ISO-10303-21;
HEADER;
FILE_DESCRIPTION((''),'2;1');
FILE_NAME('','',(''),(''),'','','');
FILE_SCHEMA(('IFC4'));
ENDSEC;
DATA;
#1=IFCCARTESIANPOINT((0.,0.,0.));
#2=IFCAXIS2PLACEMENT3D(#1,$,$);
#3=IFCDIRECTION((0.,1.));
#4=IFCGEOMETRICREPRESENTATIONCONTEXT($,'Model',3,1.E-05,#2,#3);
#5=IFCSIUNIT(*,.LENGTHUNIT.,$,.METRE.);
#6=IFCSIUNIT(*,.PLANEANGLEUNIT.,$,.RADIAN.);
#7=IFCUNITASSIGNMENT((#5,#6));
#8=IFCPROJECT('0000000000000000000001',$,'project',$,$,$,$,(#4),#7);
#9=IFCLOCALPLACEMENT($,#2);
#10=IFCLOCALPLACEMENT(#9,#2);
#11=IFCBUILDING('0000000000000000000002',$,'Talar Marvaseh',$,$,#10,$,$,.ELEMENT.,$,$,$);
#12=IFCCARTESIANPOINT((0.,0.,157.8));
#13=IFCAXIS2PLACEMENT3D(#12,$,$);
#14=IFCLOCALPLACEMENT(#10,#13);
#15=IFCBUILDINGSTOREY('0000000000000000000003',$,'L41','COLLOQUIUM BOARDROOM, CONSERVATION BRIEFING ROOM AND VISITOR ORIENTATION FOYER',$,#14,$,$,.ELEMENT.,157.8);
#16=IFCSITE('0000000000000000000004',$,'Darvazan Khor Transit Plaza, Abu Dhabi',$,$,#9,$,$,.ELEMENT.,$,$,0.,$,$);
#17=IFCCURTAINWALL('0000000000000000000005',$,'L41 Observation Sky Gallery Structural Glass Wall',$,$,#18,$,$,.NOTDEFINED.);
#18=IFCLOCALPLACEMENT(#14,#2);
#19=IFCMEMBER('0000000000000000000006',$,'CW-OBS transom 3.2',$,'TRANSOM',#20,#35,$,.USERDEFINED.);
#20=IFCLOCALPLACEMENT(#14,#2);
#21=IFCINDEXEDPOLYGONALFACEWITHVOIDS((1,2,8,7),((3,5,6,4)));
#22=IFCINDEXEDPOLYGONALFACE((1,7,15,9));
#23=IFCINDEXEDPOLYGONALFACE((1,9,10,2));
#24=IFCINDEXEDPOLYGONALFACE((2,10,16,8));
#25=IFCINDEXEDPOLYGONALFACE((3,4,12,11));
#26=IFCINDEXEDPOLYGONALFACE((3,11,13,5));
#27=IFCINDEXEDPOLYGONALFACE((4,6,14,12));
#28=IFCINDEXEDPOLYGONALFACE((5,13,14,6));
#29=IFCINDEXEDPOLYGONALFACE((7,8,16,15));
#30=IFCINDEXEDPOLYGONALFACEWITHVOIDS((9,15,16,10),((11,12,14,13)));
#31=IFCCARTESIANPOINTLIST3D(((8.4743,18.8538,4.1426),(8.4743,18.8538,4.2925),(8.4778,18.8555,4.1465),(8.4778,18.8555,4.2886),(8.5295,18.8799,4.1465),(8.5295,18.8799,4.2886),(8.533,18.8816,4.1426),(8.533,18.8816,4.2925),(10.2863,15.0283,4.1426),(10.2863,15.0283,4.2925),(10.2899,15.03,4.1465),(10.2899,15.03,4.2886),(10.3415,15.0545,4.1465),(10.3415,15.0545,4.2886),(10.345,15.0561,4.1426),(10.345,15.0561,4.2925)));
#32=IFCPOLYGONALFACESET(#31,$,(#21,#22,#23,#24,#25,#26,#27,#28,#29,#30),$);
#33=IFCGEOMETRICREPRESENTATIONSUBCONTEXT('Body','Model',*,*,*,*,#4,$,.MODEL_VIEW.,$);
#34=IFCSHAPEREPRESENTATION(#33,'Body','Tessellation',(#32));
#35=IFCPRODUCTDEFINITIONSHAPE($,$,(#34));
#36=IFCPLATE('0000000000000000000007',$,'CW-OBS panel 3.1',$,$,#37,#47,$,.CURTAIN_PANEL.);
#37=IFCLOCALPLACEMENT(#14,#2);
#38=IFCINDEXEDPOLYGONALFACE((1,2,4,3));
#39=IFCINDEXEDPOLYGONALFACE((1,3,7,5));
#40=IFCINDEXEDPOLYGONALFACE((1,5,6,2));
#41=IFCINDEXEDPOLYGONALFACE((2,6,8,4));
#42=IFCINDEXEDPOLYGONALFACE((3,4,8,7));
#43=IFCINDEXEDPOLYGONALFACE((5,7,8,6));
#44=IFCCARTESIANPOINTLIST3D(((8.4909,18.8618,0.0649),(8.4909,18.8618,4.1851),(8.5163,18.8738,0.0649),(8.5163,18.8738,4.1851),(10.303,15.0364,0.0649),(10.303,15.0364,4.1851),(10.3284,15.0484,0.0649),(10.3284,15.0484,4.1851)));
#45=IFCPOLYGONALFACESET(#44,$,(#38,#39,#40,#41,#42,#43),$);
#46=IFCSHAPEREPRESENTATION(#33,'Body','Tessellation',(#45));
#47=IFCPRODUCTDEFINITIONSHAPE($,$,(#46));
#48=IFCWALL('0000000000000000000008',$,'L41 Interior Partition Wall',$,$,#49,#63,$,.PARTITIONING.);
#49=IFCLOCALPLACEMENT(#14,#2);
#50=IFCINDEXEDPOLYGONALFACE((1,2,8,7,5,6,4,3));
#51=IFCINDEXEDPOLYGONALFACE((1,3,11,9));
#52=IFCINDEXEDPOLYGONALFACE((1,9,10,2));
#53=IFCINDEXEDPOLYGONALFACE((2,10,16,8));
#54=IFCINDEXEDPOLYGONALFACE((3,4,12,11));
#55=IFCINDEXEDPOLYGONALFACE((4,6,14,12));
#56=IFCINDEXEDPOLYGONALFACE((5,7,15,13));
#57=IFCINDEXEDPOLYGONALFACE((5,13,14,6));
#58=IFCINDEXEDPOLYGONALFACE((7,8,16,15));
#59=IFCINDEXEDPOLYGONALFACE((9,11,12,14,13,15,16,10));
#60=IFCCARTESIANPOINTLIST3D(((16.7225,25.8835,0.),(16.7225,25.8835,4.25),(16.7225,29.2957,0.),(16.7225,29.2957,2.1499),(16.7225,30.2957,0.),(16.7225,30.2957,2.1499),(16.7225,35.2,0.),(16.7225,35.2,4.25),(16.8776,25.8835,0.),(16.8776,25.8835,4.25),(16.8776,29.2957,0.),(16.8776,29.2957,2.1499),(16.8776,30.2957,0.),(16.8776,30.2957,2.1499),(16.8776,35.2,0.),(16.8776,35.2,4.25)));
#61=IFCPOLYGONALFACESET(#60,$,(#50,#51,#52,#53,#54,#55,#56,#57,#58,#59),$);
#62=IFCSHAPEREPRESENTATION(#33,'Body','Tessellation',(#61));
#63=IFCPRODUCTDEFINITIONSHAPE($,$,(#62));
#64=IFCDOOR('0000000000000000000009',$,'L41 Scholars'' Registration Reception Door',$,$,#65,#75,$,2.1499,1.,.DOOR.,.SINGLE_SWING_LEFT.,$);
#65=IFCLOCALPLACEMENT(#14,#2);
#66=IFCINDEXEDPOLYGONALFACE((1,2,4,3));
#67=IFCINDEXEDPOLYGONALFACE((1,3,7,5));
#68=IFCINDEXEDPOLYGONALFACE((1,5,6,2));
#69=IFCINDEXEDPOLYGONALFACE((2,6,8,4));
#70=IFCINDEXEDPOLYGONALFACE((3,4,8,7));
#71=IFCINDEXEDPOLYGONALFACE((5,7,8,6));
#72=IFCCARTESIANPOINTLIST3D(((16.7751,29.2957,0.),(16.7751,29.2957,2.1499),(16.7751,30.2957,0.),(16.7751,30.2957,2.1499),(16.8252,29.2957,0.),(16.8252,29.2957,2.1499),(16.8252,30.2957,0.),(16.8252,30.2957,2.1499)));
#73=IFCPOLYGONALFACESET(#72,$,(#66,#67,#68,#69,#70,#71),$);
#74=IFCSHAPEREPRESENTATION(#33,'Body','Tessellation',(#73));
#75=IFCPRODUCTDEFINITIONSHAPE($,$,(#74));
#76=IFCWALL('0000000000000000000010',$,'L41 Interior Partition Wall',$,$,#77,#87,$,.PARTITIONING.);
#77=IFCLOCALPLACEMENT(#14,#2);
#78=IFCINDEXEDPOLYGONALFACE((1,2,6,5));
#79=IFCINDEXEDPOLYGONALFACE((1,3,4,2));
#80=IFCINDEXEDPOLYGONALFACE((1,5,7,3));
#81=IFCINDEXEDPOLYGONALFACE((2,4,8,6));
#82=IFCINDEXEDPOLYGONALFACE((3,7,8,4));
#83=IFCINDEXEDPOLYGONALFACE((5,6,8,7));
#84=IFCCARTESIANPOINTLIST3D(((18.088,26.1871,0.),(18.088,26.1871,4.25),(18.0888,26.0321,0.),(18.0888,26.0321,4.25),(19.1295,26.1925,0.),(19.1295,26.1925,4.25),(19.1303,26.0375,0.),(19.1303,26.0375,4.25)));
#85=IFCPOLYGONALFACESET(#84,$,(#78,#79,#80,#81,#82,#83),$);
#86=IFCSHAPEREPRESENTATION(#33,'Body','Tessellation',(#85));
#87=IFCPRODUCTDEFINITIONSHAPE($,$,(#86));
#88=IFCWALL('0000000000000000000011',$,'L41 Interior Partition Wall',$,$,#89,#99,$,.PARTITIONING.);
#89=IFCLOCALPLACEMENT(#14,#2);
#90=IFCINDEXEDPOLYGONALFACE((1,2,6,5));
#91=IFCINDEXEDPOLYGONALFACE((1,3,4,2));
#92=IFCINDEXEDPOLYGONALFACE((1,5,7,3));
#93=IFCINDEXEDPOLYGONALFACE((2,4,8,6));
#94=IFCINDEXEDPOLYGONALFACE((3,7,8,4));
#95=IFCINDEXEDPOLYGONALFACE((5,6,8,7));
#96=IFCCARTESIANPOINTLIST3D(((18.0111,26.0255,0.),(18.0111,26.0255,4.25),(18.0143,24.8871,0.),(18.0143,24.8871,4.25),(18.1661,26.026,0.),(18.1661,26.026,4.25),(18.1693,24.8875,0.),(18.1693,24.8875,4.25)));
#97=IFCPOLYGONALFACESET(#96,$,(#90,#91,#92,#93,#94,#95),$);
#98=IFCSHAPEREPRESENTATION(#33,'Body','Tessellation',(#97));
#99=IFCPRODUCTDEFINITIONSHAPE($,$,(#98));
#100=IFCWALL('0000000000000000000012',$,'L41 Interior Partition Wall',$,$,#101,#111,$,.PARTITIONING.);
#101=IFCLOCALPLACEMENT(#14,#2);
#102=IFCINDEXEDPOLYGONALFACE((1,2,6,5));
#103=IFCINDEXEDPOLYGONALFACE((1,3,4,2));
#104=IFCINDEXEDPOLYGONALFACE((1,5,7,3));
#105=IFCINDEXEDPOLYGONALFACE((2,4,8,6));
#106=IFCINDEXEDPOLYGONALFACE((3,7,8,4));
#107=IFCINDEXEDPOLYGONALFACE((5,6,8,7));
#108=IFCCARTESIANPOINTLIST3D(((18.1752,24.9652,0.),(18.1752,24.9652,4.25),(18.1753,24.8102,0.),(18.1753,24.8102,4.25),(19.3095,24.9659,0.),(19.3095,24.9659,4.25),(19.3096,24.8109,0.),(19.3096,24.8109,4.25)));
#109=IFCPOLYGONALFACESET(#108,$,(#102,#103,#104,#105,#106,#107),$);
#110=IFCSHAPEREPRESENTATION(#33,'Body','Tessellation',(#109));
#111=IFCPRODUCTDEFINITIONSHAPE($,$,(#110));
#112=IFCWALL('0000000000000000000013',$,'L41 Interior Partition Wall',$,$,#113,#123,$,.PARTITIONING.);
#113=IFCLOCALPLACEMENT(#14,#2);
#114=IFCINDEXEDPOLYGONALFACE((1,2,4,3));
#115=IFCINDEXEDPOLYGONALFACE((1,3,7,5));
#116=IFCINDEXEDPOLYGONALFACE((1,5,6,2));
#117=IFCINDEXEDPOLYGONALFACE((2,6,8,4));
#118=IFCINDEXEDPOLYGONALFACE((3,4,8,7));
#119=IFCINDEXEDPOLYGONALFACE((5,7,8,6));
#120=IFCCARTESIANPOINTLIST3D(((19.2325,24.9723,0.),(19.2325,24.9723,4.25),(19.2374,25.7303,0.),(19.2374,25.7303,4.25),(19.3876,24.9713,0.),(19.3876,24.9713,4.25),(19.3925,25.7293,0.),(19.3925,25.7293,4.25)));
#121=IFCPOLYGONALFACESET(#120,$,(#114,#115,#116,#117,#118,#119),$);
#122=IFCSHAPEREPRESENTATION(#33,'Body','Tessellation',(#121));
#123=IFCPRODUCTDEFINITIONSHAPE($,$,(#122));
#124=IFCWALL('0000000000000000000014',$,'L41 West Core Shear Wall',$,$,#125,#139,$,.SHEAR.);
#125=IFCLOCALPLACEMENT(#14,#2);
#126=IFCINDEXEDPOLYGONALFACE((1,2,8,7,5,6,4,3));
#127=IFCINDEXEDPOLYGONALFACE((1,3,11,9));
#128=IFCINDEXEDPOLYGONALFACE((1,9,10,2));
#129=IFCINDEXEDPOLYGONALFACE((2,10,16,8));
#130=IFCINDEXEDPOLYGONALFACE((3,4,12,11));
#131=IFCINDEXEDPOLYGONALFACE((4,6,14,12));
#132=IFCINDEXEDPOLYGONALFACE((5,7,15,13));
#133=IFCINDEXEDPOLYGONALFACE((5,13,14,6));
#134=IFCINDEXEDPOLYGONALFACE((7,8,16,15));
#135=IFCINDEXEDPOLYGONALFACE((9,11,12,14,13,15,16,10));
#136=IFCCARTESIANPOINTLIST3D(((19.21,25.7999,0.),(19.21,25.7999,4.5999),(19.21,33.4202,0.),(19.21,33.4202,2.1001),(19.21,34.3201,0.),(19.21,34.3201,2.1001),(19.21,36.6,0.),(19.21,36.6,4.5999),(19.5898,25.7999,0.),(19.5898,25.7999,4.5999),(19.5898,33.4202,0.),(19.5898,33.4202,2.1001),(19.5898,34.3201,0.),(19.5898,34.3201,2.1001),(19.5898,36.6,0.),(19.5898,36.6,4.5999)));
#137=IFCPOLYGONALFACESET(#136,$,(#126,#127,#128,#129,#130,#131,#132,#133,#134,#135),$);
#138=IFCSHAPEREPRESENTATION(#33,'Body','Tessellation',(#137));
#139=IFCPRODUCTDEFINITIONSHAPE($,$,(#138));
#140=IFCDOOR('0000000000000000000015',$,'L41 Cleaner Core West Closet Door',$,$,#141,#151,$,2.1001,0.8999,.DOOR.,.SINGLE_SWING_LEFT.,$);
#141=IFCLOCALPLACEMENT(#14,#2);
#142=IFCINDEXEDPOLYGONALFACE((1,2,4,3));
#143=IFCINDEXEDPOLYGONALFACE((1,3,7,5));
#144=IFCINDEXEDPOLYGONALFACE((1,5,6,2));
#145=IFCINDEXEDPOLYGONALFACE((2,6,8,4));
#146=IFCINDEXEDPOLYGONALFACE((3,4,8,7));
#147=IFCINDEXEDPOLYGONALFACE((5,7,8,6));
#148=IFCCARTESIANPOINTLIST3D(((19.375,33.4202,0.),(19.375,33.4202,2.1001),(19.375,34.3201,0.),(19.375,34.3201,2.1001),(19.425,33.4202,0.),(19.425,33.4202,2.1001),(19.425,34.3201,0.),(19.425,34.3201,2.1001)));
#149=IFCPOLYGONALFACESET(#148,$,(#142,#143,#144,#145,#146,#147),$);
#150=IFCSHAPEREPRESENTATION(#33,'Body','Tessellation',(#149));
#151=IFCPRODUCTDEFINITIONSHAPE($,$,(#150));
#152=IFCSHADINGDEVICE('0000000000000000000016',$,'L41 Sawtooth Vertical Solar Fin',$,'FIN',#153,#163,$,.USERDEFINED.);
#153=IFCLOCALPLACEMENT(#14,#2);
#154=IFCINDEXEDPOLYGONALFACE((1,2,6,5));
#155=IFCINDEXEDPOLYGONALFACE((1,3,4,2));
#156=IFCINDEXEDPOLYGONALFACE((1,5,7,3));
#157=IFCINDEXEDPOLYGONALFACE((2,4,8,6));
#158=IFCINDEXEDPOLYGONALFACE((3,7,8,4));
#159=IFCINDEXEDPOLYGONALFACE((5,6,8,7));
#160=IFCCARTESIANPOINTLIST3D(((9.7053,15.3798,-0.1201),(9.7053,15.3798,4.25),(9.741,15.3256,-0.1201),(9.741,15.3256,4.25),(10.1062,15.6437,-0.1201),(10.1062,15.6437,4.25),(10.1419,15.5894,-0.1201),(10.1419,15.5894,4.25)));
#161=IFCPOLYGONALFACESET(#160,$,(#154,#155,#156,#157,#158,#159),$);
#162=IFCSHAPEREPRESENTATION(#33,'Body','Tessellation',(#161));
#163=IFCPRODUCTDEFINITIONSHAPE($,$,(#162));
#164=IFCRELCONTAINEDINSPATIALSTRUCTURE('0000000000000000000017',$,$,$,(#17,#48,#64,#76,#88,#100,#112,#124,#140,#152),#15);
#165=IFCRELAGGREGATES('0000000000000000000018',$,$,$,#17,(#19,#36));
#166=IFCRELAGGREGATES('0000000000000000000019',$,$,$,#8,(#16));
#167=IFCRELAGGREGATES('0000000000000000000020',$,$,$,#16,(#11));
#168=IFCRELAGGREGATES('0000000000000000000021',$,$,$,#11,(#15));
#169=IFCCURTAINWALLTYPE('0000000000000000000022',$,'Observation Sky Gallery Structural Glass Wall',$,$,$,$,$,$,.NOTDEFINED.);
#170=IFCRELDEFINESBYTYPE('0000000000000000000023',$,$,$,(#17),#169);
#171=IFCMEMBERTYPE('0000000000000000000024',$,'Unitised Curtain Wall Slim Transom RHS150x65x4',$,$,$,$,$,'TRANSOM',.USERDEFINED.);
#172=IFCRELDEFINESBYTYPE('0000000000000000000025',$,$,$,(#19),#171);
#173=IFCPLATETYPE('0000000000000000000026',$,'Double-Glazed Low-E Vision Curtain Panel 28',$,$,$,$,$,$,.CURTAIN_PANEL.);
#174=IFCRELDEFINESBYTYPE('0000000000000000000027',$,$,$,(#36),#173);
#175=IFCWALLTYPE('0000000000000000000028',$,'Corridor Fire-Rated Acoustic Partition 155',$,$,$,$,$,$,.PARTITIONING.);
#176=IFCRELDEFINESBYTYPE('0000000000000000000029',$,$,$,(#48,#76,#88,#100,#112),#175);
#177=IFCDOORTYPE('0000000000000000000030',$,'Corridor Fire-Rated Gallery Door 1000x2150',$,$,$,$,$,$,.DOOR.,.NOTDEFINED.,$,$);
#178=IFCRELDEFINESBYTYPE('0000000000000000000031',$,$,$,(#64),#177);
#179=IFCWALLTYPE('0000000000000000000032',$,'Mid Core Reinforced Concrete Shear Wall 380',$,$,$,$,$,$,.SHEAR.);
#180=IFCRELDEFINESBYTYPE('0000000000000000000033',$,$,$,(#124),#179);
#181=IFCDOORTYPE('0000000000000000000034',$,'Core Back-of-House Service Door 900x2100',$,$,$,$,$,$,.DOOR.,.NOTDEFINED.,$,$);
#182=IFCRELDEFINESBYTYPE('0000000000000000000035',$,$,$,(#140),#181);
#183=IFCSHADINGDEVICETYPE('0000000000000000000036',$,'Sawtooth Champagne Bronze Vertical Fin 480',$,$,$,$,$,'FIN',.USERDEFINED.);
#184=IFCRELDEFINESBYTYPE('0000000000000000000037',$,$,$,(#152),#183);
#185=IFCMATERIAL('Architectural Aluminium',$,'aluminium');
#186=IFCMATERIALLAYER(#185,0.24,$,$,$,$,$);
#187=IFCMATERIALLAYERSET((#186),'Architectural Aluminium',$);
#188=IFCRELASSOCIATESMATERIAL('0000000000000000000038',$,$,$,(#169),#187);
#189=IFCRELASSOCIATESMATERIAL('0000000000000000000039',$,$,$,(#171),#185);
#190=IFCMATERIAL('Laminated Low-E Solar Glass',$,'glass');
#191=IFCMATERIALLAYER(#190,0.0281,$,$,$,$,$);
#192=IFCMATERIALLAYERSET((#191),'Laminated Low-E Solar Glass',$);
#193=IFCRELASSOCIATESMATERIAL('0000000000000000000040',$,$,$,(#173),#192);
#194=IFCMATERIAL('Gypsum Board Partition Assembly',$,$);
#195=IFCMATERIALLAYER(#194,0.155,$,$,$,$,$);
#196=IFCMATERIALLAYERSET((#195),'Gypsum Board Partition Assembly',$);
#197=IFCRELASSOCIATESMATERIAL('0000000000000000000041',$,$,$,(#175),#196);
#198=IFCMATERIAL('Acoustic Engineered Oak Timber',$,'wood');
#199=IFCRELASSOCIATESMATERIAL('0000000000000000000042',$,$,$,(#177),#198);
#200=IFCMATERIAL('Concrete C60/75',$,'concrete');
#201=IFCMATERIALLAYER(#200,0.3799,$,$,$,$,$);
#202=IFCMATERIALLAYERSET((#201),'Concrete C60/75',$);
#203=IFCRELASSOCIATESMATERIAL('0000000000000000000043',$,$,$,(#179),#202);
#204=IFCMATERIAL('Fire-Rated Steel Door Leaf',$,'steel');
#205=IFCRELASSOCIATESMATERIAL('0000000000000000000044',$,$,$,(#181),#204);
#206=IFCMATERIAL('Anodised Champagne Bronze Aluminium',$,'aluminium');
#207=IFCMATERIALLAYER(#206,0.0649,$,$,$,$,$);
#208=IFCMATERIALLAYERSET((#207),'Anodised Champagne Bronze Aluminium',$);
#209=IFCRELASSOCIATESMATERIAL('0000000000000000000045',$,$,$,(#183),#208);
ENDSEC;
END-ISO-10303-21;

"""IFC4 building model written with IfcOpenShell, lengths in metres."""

from ifc_helpers import new_model, si_unit, direction, frame, frame_2d, origin, origin_2d, place, context, subcontext, project, spatial, rectangle, hollow_rectangle, extrude, source, transform, mapped, material, layer, layer_set, material_profile, profile_set, type_object, type_shapes, element, fill, aggregate, save


model = new_model("IFC4")

# Units and contexts
model_context = context("Model", 3, precision=1e-05, world=origin(), true_north=direction((0.0, 1.0)))
body_context = subcontext(model_context, "Body", "Model", "MODEL_VIEW")
ifc_project = project(units=[si_unit("LENGTHUNIT", "METRE"), si_unit("PLANEANGLEUNIT", "RADIAN")], contexts=[model_context])

# Site, building, storey
site_placement = place(None, origin())
site = spatial("IfcSite", under=ifc_project, at=site_placement, Name="Darvazan Khor Transit Plaza, Abu Dhabi", CompositionType="ELEMENT", RefElevation=0.0)
building_placement = place(site_placement, origin())
building = spatial("IfcBuilding", under=site, at=building_placement, Name="Talar Marvaseh", CompositionType="ELEMENT")
storey_placement = place(building_placement, frame((0.0, 0.0, 157.8)))
storey = spatial("IfcBuildingStorey", under=building, at=storey_placement, Name="L41", Description="COLLOQUIUM BOARDROOM, CONSERVATION BRIEFING ROOM AND VISITOR ORIENTATION FOYER", CompositionType="ELEMENT", Elevation=157.8)

# Shared definitions
ifc_material_1 = material(Name="Concrete C60/75", Category="concrete")

# Curtain wall, member, plate
ifc_material_2 = material(Name="Architectural Aluminium", Category="aluminium")
ifc_layer_1 = layer(ifc_material_2, 0.24)
ifc_layer_set_1 = layer_set([ifc_layer_1], Name="Architectural Aluminium")
curtain_wall_type = type_object("IfcCurtainWallType", Name="Observation Sky Gallery Structural Glass Wall", PredefinedType="NOTDEFINED", material=ifc_layer_set_1)
curtain_wall_placement = place(storey_placement, origin())
curtain_wall = element("IfcCurtainWall", 1, at=curtain_wall_placement, inside=storey, type_object=curtain_wall_type, Name="L41 Observation Sky Gallery Structural Glass Wall", PredefinedType="NOTDEFINED")
ifc_material_profile_1 = material_profile(ifc_material_2, hollow_rectangle(XDim=0.0649, YDim=0.1499, WallThickness=0.0039, at=origin_2d()), Name="RHS150x65x4")
ifc_profile_set_1 = profile_set([ifc_material_profile_1], Name="Architectural Aluminium")
member_type_1 = type_object("IfcMemberType", Name="Unitised Curtain Wall Slim Transom RHS150x65x4", ElementType="TRANSOM", PredefinedType="USERDEFINED", material=ifc_profile_set_1)
shared_shape_1 = source(origin(), body_context, "Body", "SweptSolid", [
    extrude(hollow_rectangle(XDim=0.0649, YDim=0.1499, WallThickness=0.0039, at=origin_2d()), origin(), (0.0, 0.0, 1.0), 4.2329),
])
type_shapes(member_type_1, [shared_shape_1])
member_1_placement = place(storey_placement, frame((10.3157, 15.0422, 4.2175), z_axis=(-0.428079, 0.903741, 0.0), x_axis=(-0.903741, -0.428079, 0.0)))
member_1 = element("IfcMember", 2, at=member_1_placement, type_object=member_type_1, Name="CW-OBS transom 3.2", ObjectType="TRANSOM", PredefinedType="USERDEFINED", context=body_context, shape_type="MappedRepresentation", body=[
    mapped(shared_shape_1, transform((0.0, 0.0, 0.0), x_axis=(1.0, 0.0, 0.0), y_axis=(0.0, 1.0, 0.0), z_axis=(0.0, 0.0, 1.0), scale=1.0)),
])
ifc_material_3 = material(Name="Laminated Low-E Solar Glass", Category="glass")
ifc_layer_2 = layer(ifc_material_3, 0.0281)
ifc_layer_set_2 = layer_set([ifc_layer_2], Name="Laminated Low-E Solar Glass")
plate_type = type_object("IfcPlateType", Name="Double-Glazed Low-E Vision Curtain Panel 28", PredefinedType="CURTAIN_PANEL", material=ifc_layer_set_2)
shared_shape_2 = source(origin(), body_context, "Body", "SweptSolid", [
    extrude(rectangle(XDim=4.2329, YDim=0.0281, at=origin_2d()), origin(), (0.0, 0.0, 1.0), 4.1201),
])
type_shapes(plate_type, [shared_shape_2])
plate_placement = place(storey_placement, frame((9.4097, 16.9551, 0.0649), z_axis=(0.0, 0.0, 1.0), x_axis=(-0.428089, 0.903737, 0.0)))
plate = element("IfcPlate", 3, at=plate_placement, type_object=plate_type, Name="CW-OBS panel 3.1", PredefinedType="CURTAIN_PANEL", context=body_context, shape_type="MappedRepresentation", body=[
    mapped(shared_shape_2, transform((0.0, 0.0, 0.0), x_axis=(1.0, 0.0, 0.0), y_axis=(0.0, 1.0, 0.0), z_axis=(0.0, 0.0, 1.0), scale=1.0)),
])
aggregate(curtain_wall, [member_1, plate])

# Wall, opening, door
ifc_material_4 = material(Name="Gypsum Board Partition Assembly")
ifc_layer_3 = layer(ifc_material_4, 0.155)
ifc_layer_set_3 = layer_set([ifc_layer_3], Name="Gypsum Board Partition Assembly")
wall_type_1 = type_object("IfcWallType", Name="Corridor Fire-Rated Acoustic Partition 155", PredefinedType="PARTITIONING", material=ifc_layer_set_3)
wall_1_placement = place(storey_placement, frame((16.8, 25.8835, 0.0), z_axis=(0.0, 0.0, 1.0), x_axis=(0.0, 1.0, 0.0)))
wall_1 = element("IfcWall", 4, at=wall_1_placement, inside=storey, type_object=wall_type_1, Name="L41 Interior Partition Wall", PredefinedType="PARTITIONING", context=body_context, shape_type="SweptSolid", body=[
    extrude(rectangle(XDim=9.3164, YDim=0.155, at=frame_2d((4.6582, 0.0))), origin(), (0.0, 0.0, 1.0), 4.25),
])
opening_1_placement = place(wall_1_placement, frame((3.4121, 0.0, 0.0)))
opening_1 = element("IfcOpeningElement", 5, at=opening_1_placement, cuts=wall_1, PredefinedType="OPENING", context=body_context, shape_type="SweptSolid", body=[
    extrude(rectangle(XDim=1.0, YDim=2.1499, at=frame_2d((0.5, 1.075))), frame((0.0, 0.0874, 0.0), z_axis=(0.0, -1.0, 0.0), x_axis=(1.0, 0.0, 0.0)), (0.0, 0.0, 1.0), 0.175),
])
ifc_material_5 = material(Name="Acoustic Engineered Oak Timber", Category="wood")
door_type_1 = type_object("IfcDoorType", Name="Corridor Fire-Rated Gallery Door 1000x2150", OperationType="NOTDEFINED", PredefinedType="DOOR", material=ifc_material_5)
shared_shape_3 = source(origin(), body_context, "Body", "SweptSolid", [
    extrude(rectangle(XDim=1.0, YDim=2.1499, at=frame_2d((0.5, 1.075))), frame((0.0, 0.0249, 0.0), z_axis=(0.0, -1.0, 0.0), x_axis=(1.0, 0.0, 0.0)), (0.0, 0.0, 1.0), 0.05),
])
type_shapes(door_type_1, [shared_shape_3])
door_1_placement = place(opening_1_placement, origin())
door_1 = element("IfcDoor", 6, at=door_1_placement, inside=storey, type_object=door_type_1, Name="L41 Scholars' Registration Reception Door", OperationType="SINGLE_SWING_LEFT", OverallHeight=2.1499, OverallWidth=1.0, PredefinedType="DOOR", context=body_context, shape_type="MappedRepresentation", body=[
    mapped(shared_shape_3, transform((0.0, 0.0, 0.0), x_axis=(1.0, 0.0, 0.0), y_axis=(0.0, 1.0, 0.0), z_axis=(0.0, 0.0, 1.0), scale=1.0)),
])
fill(opening_1, door_1)

# Walls
wall_2_placement = place(storey_placement, frame((19.1299, 26.115, 0.0), z_axis=(0.0, 0.0, 1.0), x_axis=(-0.999987, -0.005157, 0.0)))
element("IfcWall", 7, at=wall_2_placement, inside=storey, type_object=wall_type_1, Name="L41 Interior Partition Wall", PredefinedType="PARTITIONING", context=body_context, shape_type="SweptSolid", body=[
    extrude(rectangle(XDim=1.0415, YDim=0.155, at=frame_2d((0.5208, 0.0))), origin(), (0.0, 0.0, 1.0), 4.25),
])
wall_3_placement = place(storey_placement, frame((18.0886, 26.0259, 0.0), z_axis=(0.0, 0.0, 1.0), x_axis=(0.002788, -0.999996, 0.0)))
element("IfcWall", 8, at=wall_3_placement, inside=storey, type_object=wall_type_1, Name="L41 Interior Partition Wall", PredefinedType="PARTITIONING", context=body_context, shape_type="SweptSolid", body=[
    extrude(rectangle(XDim=1.1384, YDim=0.155, at=frame_2d((0.5693, 0.0))), origin(), (0.0, 0.0, 1.0), 4.25),
])
wall_4_placement = place(storey_placement, frame((18.1753, 24.8877, 0.0), z_axis=(0.0, 0.0, 1.0), x_axis=(1.0, 0.000646, 0.0)))
element("IfcWall", 9, at=wall_4_placement, inside=storey, type_object=wall_type_1, Name="L41 Interior Partition Wall", PredefinedType="PARTITIONING", context=body_context, shape_type="SweptSolid", body=[
    extrude(rectangle(XDim=1.1343, YDim=0.155, at=frame_2d((0.5671, 0.0))), origin(), (0.0, 0.0, 1.0), 4.25),
])
wall_5_placement = place(storey_placement, frame((19.3101, 24.9719, 0.0), z_axis=(0.0, 0.0, 1.0), x_axis=(0.006441, 0.999979, 0.0)))
element("IfcWall", 10, at=wall_5_placement, inside=storey, type_object=wall_type_1, Name="L41 Interior Partition Wall", PredefinedType="PARTITIONING", context=body_context, shape_type="SweptSolid", body=[
    extrude(rectangle(XDim=0.7581, YDim=0.155, at=frame_2d((0.3789, 0.0))), origin(), (0.0, 0.0, 1.0), 4.25),
])

# Wall, opening, door
ifc_layer_4 = layer(ifc_material_1, 0.3799)
ifc_layer_set_4 = layer_set([ifc_layer_4], Name="Concrete C60/75")
wall_type_2 = type_object("IfcWallType", Name="Mid Core Reinforced Concrete Shear Wall 380", PredefinedType="SHEAR", material=ifc_layer_set_4)
wall_6_placement = place(storey_placement, frame((19.3999, 25.8, 0.0), z_axis=(0.0, 0.0, 1.0), x_axis=(0.0, 1.0, 0.0)))
wall_6 = element("IfcWall", 11, at=wall_6_placement, inside=storey, type_object=wall_type_2, Name="L41 West Core Shear Wall", PredefinedType="SHEAR", context=body_context, shape_type="SweptSolid", body=[
    extrude(rectangle(XDim=10.8, YDim=0.3799, at=frame_2d((5.3999, 0.0))), origin(), (0.0, 0.0, 1.0), 4.5999),
])
opening_2_placement = place(wall_6_placement, frame((7.6201, 0.0, 0.0)))
opening_2 = element("IfcOpeningElement", 12, at=opening_2_placement, cuts=wall_6, PredefinedType="OPENING", context=body_context, shape_type="SweptSolid", body=[
    extrude(rectangle(XDim=0.8999, YDim=2.1001, at=frame_2d((0.45, 1.05))), frame((0.0, 0.2, 0.0), z_axis=(0.0, -1.0, 0.0), x_axis=(1.0, 0.0, 0.0)), (0.0, 0.0, 1.0), 0.3999),
])
ifc_material_6 = material(Name="Fire-Rated Steel Door Leaf", Category="steel")
door_type_2 = type_object("IfcDoorType", Name="Core Back-of-House Service Door 900x2100", OperationType="NOTDEFINED", PredefinedType="DOOR", material=ifc_material_6)
shared_shape_4 = source(origin(), body_context, "Body", "SweptSolid", [
    extrude(rectangle(XDim=0.8999, YDim=2.1001, at=frame_2d((0.45, 1.05))), frame((0.0, 0.0249, 0.0), z_axis=(0.0, -1.0, 0.0), x_axis=(1.0, 0.0, 0.0)), (0.0, 0.0, 1.0), 0.05),
])
type_shapes(door_type_2, [shared_shape_4])
door_2_placement = place(opening_2_placement, origin())
door_2 = element("IfcDoor", 13, at=door_2_placement, inside=storey, type_object=door_type_2, Name="L41 Cleaner Core West Closet Door", OperationType="SINGLE_SWING_LEFT", OverallHeight=2.1001, OverallWidth=0.8999, PredefinedType="DOOR", context=body_context, shape_type="MappedRepresentation", body=[
    mapped(shared_shape_4, transform((0.0, 0.0, 0.0), x_axis=(1.0, 0.0, 0.0), y_axis=(0.0, 1.0, 0.0), z_axis=(0.0, 0.0, 1.0), scale=1.0)),
])
fill(opening_2, door_2)

# Shading device
ifc_material_7 = material(Name="Anodised Champagne Bronze Aluminium", Category="aluminium")
ifc_layer_5 = layer(ifc_material_7, 0.0649)
ifc_layer_set_5 = layer_set([ifc_layer_5], Name="Anodised Champagne Bronze Aluminium")
shading_device_type = type_object("IfcShadingDeviceType", Name="Sawtooth Champagne Bronze Vertical Fin 480", ElementType="FIN", PredefinedType="USERDEFINED", material=ifc_layer_set_5)
shared_shape_5 = source(origin(), body_context, "Body", "SweptSolid", [
    extrude(rectangle(XDim=0.48, YDim=0.0649, at=origin_2d()), origin(), (0.0, 0.0, 1.0), 4.3701),
])
type_shapes(shading_device_type, [shared_shape_5])
for number, where, z_axis, x_axis, name in (
    (14, (9.9236, 15.4846, -0.1201), (0.0, 0.0, 1.0), (-0.835328, -0.549752, 0.0), "L41 Sawtooth Vertical Solar Fin"),
):
    element("IfcShadingDevice", number, at=place(storey_placement, frame(where, z_axis=z_axis, x_axis=x_axis)), inside=storey, type_object=shading_device_type, Name=name, ObjectType="FIN", PredefinedType="USERDEFINED", context=body_context, shape_type="MappedRepresentation", body=[
        mapped(shared_shape_5, transform((0.0, 0.0, 0.0), x_axis=(1.0, 0.0, 0.0), y_axis=(0.0, 1.0, 0.0), z_axis=(0.0, 0.0, 1.0), scale=1.0)),
    ])

save(model, "model.ifc")
